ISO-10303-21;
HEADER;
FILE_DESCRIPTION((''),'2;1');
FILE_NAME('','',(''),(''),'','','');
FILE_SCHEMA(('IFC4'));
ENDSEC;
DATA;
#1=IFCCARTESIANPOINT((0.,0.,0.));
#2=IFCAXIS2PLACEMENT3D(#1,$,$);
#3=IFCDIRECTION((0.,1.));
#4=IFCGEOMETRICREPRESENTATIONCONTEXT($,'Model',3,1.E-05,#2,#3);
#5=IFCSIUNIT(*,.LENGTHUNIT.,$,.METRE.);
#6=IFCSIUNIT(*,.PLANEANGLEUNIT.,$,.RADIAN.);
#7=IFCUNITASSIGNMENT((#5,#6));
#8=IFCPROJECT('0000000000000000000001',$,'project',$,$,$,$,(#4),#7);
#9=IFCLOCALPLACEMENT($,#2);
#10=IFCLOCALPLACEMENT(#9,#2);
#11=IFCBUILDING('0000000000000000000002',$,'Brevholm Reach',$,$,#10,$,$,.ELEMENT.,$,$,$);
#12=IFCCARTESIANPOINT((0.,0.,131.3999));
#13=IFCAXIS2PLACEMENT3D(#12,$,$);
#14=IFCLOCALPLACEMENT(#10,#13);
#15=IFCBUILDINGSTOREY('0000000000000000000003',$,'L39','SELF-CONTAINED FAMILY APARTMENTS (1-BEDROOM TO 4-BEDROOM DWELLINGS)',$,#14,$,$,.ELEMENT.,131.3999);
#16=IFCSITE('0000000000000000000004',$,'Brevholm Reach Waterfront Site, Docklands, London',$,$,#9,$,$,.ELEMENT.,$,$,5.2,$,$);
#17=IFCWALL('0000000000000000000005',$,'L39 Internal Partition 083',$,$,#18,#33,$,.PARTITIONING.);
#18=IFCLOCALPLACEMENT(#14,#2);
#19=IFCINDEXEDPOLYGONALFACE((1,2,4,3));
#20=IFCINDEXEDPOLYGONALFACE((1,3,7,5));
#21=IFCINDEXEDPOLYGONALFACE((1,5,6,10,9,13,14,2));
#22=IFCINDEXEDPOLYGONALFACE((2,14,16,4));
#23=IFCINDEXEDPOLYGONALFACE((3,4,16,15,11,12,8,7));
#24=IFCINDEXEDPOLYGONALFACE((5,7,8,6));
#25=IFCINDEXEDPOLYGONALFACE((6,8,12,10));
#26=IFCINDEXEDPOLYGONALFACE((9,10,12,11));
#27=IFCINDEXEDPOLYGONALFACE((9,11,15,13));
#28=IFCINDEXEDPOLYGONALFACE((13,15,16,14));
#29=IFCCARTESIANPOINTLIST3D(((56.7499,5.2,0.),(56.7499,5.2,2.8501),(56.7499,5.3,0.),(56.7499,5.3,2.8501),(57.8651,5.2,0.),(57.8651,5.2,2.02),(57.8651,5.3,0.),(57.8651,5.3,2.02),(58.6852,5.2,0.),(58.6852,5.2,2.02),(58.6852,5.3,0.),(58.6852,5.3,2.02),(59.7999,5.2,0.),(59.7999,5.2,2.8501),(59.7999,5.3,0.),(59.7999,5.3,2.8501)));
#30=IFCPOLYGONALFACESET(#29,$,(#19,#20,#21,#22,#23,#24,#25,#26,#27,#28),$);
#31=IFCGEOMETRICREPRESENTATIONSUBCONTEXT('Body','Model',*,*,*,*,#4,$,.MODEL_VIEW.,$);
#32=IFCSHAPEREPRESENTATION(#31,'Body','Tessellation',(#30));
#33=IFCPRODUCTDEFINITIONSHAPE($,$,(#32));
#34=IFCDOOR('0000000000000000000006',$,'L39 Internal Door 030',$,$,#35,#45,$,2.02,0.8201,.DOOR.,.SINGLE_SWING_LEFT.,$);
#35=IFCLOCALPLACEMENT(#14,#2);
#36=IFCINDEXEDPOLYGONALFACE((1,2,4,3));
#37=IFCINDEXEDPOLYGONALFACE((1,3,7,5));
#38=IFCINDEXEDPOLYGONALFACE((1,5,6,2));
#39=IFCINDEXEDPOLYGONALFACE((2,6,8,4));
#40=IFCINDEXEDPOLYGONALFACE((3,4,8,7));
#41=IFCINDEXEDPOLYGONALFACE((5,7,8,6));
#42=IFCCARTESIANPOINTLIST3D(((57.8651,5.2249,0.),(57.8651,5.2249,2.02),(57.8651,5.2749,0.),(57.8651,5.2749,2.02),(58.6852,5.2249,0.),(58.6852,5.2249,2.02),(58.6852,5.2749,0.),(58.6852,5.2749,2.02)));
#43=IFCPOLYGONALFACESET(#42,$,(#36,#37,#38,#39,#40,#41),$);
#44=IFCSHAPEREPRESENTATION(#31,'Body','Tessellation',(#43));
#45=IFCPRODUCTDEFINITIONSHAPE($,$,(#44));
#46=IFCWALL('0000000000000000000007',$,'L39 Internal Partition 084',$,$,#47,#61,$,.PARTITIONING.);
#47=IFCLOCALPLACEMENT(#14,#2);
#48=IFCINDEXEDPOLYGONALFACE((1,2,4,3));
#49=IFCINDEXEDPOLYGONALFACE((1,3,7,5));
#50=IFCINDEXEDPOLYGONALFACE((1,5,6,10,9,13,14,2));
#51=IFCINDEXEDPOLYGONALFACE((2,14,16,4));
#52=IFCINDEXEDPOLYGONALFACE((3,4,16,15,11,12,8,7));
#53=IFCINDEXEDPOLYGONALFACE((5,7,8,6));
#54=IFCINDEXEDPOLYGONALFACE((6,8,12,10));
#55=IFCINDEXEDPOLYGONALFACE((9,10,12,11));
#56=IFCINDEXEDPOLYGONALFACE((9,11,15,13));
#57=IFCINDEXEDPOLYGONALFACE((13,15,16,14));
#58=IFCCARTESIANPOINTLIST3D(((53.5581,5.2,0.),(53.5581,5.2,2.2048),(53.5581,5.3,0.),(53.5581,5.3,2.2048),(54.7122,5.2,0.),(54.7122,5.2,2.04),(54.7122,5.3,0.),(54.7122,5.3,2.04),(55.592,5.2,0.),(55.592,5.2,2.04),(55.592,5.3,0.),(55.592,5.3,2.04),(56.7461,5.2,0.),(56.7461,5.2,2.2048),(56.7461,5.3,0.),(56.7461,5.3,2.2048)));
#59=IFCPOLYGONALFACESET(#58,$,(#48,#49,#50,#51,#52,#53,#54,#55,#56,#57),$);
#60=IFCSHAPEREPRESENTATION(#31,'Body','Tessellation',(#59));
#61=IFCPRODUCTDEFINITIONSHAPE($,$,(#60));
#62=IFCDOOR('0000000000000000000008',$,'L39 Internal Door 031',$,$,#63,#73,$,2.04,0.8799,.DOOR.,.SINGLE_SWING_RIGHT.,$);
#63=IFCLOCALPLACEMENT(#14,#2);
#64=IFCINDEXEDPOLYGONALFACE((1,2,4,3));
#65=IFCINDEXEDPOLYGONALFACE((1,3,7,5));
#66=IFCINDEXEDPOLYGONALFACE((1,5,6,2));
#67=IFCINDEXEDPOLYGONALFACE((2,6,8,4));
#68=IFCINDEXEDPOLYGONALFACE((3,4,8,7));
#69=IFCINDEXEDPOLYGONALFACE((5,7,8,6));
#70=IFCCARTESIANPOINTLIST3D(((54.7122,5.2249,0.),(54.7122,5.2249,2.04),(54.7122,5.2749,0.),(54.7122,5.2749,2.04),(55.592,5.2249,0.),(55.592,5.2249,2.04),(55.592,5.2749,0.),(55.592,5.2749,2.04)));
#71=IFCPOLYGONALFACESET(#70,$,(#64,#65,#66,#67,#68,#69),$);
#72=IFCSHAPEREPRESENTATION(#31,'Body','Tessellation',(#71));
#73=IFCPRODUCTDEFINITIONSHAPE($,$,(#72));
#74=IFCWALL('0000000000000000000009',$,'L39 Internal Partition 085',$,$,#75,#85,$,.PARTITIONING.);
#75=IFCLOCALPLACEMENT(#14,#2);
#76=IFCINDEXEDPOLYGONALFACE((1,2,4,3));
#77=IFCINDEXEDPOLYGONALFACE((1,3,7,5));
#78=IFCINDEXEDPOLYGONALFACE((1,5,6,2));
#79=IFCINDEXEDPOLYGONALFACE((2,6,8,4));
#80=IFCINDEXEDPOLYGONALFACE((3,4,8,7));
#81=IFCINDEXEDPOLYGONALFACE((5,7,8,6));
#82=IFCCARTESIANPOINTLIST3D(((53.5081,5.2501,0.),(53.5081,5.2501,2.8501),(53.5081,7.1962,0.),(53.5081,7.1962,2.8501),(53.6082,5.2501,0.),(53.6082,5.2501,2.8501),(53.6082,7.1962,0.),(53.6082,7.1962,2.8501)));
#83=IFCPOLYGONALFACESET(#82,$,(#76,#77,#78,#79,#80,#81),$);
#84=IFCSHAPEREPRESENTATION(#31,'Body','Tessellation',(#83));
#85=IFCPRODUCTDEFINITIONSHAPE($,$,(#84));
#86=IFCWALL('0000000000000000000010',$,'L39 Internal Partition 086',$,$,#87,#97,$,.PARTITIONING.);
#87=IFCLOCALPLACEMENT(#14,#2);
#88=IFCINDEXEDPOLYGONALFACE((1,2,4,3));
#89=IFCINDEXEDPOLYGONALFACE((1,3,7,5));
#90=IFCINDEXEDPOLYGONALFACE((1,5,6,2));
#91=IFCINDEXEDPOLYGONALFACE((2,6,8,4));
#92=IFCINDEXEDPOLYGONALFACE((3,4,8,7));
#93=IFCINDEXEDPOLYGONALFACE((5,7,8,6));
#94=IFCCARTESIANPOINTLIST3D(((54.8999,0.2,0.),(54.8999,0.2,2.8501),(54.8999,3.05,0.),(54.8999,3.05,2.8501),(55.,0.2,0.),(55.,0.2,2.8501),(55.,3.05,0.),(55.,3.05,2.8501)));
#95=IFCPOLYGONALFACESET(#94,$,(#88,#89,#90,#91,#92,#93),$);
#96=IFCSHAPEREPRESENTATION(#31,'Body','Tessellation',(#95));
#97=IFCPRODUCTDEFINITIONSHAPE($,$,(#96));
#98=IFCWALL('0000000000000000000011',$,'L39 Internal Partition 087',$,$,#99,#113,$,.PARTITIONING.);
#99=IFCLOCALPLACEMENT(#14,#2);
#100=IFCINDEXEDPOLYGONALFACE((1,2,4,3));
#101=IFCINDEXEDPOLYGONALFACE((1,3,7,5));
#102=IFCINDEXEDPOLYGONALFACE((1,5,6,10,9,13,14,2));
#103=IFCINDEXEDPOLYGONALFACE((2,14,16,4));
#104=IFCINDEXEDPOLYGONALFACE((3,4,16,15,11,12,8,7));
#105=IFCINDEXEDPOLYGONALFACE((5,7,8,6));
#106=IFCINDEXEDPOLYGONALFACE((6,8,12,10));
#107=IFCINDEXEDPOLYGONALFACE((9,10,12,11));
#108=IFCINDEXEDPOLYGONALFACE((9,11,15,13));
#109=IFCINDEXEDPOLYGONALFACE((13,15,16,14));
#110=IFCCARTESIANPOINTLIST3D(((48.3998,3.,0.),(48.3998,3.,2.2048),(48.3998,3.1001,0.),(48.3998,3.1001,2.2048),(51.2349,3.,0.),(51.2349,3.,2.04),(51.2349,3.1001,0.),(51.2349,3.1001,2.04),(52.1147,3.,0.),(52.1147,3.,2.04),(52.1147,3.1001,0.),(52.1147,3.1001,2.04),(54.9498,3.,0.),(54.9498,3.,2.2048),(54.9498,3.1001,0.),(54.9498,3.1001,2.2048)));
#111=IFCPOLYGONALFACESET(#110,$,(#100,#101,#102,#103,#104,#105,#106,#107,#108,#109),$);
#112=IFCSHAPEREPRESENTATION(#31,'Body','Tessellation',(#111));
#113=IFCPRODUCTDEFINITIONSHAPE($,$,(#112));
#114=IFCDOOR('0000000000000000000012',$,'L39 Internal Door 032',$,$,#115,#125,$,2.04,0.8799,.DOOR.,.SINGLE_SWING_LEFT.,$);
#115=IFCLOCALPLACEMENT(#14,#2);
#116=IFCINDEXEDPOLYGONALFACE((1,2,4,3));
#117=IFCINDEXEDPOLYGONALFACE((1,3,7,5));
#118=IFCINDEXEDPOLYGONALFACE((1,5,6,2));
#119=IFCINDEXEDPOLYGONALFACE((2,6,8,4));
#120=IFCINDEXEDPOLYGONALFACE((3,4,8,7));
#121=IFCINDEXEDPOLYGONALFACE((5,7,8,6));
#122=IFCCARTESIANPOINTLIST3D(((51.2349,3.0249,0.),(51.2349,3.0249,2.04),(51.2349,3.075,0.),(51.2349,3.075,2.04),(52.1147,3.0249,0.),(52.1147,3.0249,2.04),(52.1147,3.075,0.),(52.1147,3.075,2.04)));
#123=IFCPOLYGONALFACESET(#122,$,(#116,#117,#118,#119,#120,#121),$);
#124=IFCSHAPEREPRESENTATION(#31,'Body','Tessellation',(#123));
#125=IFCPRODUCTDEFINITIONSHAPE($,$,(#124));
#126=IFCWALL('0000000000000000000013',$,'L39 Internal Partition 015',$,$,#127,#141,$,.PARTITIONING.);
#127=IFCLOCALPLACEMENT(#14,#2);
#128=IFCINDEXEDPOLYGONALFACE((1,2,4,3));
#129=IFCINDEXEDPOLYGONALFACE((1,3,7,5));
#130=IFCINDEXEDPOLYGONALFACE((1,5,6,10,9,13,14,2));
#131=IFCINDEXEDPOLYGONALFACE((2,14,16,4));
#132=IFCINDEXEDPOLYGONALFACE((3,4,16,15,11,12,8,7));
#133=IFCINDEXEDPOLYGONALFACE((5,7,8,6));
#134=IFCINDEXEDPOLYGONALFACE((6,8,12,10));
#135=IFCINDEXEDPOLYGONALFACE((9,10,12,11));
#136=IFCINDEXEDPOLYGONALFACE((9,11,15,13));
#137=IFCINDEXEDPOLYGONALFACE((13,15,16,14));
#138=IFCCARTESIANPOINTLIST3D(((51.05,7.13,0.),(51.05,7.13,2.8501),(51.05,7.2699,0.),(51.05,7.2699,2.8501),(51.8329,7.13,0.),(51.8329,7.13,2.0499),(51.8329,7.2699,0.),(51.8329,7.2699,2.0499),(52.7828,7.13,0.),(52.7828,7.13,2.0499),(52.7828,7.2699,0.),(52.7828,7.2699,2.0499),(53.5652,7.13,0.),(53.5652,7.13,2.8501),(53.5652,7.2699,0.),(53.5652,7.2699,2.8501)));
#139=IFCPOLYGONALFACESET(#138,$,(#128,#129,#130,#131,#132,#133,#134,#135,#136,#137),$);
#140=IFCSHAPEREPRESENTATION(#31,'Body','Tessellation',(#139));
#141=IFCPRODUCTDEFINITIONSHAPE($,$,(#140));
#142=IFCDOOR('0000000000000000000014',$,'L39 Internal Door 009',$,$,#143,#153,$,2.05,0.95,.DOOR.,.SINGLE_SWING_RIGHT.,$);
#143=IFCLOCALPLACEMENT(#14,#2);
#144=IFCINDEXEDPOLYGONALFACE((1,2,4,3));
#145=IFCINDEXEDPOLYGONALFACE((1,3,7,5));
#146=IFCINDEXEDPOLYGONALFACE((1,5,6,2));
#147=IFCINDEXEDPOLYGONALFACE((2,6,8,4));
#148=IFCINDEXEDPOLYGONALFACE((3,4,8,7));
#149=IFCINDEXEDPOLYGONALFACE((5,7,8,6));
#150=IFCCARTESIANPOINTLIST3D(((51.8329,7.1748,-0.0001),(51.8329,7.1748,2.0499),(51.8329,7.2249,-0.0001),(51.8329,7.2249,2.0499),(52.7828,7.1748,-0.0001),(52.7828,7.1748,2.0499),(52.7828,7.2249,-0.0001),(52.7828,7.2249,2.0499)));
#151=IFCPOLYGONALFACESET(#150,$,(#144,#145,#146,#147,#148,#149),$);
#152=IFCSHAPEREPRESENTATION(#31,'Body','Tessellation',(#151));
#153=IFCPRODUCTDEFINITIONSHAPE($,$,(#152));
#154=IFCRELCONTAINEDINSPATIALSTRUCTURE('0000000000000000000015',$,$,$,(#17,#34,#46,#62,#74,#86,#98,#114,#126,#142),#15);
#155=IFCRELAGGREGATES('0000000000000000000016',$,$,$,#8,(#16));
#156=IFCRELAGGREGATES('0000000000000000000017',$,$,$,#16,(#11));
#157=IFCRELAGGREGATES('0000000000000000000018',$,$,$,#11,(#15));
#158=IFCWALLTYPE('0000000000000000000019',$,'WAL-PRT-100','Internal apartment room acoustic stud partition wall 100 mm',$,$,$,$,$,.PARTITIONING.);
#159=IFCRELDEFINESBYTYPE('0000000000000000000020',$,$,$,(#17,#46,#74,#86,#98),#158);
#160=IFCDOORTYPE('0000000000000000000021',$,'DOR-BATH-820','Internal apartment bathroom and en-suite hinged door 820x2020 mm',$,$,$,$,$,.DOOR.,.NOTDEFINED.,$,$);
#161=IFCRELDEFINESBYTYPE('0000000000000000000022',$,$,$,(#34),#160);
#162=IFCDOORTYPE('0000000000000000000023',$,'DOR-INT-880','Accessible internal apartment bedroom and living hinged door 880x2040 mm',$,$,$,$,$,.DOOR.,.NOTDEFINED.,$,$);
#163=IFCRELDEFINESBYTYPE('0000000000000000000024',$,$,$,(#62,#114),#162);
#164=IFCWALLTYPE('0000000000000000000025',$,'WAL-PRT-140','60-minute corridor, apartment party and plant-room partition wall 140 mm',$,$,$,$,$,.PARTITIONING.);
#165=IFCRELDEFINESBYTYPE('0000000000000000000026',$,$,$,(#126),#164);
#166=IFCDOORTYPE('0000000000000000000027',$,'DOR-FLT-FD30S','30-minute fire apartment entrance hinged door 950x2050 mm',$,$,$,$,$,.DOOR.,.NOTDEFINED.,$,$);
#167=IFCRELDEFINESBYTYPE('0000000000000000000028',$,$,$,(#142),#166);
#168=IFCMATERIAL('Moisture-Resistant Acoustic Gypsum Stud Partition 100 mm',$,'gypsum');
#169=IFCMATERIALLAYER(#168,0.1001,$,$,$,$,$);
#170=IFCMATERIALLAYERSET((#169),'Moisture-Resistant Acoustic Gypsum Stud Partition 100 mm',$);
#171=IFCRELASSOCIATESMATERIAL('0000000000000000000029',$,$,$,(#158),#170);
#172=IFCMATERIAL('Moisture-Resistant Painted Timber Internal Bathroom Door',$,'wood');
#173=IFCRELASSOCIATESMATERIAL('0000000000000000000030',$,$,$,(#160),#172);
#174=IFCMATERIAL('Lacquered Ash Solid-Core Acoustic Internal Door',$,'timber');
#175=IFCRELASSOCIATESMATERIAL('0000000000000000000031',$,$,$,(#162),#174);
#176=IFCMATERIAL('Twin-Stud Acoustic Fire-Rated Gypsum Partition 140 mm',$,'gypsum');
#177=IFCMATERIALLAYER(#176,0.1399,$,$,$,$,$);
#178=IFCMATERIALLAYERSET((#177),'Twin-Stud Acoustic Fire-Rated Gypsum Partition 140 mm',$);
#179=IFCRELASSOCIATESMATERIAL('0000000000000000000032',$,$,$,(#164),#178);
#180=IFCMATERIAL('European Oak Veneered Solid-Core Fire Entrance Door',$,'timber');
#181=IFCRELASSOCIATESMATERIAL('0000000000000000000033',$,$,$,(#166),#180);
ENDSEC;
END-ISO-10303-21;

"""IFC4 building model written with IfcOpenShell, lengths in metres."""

from ifc_helpers import new_model, si_unit, direction, frame, frame_2d, origin, place, context, subcontext, project, spatial, rectangle, extrude, material, layer, layer_set, type_object, element, fill, save


model = new_model("IFC4")

# Units and contexts
model_context = context("Model", 3, precision=1e-05, world=origin(), true_north=direction((0.0, 1.0)))
body_context = subcontext(model_context, "Body", "Model", "MODEL_VIEW")
ifc_project = project(units=[si_unit("LENGTHUNIT", "METRE"), si_unit("PLANEANGLEUNIT", "RADIAN")], contexts=[model_context])

# Site, building, storey
site_placement = place(None, origin())
site = spatial("IfcSite", under=ifc_project, at=site_placement, Name="Brevholm Reach Waterfront Site, Docklands, London", CompositionType="ELEMENT", RefElevation=5.2)
building_placement = place(site_placement, origin())
building = spatial("IfcBuilding", under=site, at=building_placement, Name="Brevholm Reach", CompositionType="ELEMENT")
storey_placement = place(building_placement, frame((0.0, 0.0, 131.3999)))
storey = spatial("IfcBuildingStorey", under=building, at=storey_placement, Name="L39", Description="SELF-CONTAINED FAMILY APARTMENTS (1-BEDROOM TO 4-BEDROOM DWELLINGS)", CompositionType="ELEMENT", Elevation=131.3999)

# Shared definitions
ifc_material_1 = material(Name="Moisture-Resistant Acoustic Gypsum Stud Partition 100 mm", Category="gypsum")
ifc_layer_1 = layer(ifc_material_1, 0.1001)
ifc_layer_set_1 = layer_set([ifc_layer_1], Name="Moisture-Resistant Acoustic Gypsum Stud Partition 100 mm")
wall_type_1 = type_object("IfcWallType", Name="WAL-PRT-100", Description="Internal apartment room acoustic stud partition wall 100 mm", PredefinedType="PARTITIONING", material=ifc_layer_set_1)

# Walls, openings, doors
wall_1_placement = place(storey_placement, frame((56.75, 5.25, 0.0), z_axis=(0.0, 0.0, 1.0), x_axis=(1.0, 0.0, 0.0)))
wall_1 = element("IfcWall", 1, at=wall_1_placement, inside=storey, type_object=wall_type_1, Name="L39 Internal Partition 083", PredefinedType="PARTITIONING", context=body_context, shape_type="SweptSolid", body=[
    extrude(rectangle(XDim=3.05, YDim=0.1001, at=frame_2d((1.5249, 0.0))), origin(), (0.0, 0.0, 1.0), 2.8501),
])
opening_1_placement = place(wall_1_placement, frame((1.115, 0.0, 0.0)))
opening_1 = element("IfcOpeningElement", 2, at=opening_1_placement, cuts=wall_1, PredefinedType="OPENING", context=body_context, shape_type="SweptSolid", body=[
    extrude(rectangle(XDim=0.8201, YDim=2.02, at=frame_2d((0.4102, 1.01))), frame((0.0, 0.0601, 0.0), z_axis=(0.0, -1.0, 0.0), x_axis=(1.0, 0.0, 0.0)), (0.0, 0.0, 1.0), 0.1201),
])
ifc_material_2 = material(Name="Moisture-Resistant Painted Timber Internal Bathroom Door", Category="wood")
door_type_1 = type_object("IfcDoorType", Name="DOR-BATH-820", Description="Internal apartment bathroom and en-suite hinged door 820x2020 mm", OperationType="NOTDEFINED", PredefinedType="DOOR", material=ifc_material_2)
door_1_placement = place(opening_1_placement, origin())
door_1 = element("IfcDoor", 3, at=door_1_placement, inside=storey, type_object=door_type_1, Name="L39 Internal Door 030", OperationType="SINGLE_SWING_LEFT", OverallHeight=2.02, OverallWidth=0.8201, PredefinedType="DOOR", context=body_context, shape_type="SweptSolid", body=[
    extrude(rectangle(XDim=0.8201, YDim=2.02, at=frame_2d((0.4102, 1.01))), frame((0.0, 0.0249, 0.0), z_axis=(0.0, -1.0, 0.0), x_axis=(1.0, 0.0, 0.0)), (0.0, 0.0, 1.0), 0.05),
])
fill(opening_1, door_1)
wall_2_placement = place(storey_placement, frame((53.5581, 5.25, 0.0), z_axis=(0.0, 0.0, 1.0), x_axis=(1.0, 0.0, 0.0)))
wall_2 = element("IfcWall", 4, at=wall_2_placement, inside=storey, type_object=wall_type_1, Name="L39 Internal Partition 084", PredefinedType="PARTITIONING", context=body_context, shape_type="SweptSolid", body=[
    extrude(rectangle(XDim=3.188, YDim=0.1001, at=frame_2d((1.594, 0.0))), origin(), (0.0, 0.0, 1.0), 2.2048),
])
opening_2_placement = place(wall_2_placement, frame((1.1541, 0.0, 0.0)))
opening_2 = element("IfcOpeningElement", 5, at=opening_2_placement, cuts=wall_2, PredefinedType="OPENING", context=body_context, shape_type="SweptSolid", body=[
    extrude(rectangle(XDim=0.8799, YDim=2.04, at=frame_2d((0.4399, 1.02))), frame((0.0, 0.0601, 0.0), z_axis=(0.0, -1.0, 0.0), x_axis=(1.0, 0.0, 0.0)), (0.0, 0.0, 1.0), 0.1201),
])
ifc_material_3 = material(Name="Lacquered Ash Solid-Core Acoustic Internal Door", Category="timber")
door_type_2 = type_object("IfcDoorType", Name="DOR-INT-880", Description="Accessible internal apartment bedroom and living hinged door 880x2040 mm", OperationType="NOTDEFINED", PredefinedType="DOOR", material=ifc_material_3)
door_2_placement = place(opening_2_placement, origin())
door_2 = element("IfcDoor", 6, at=door_2_placement, inside=storey, type_object=door_type_2, Name="L39 Internal Door 031", OperationType="SINGLE_SWING_RIGHT", OverallHeight=2.04, OverallWidth=0.8799, PredefinedType="DOOR", context=body_context, shape_type="SweptSolid", body=[
    extrude(rectangle(XDim=0.8799, YDim=2.04, at=frame_2d((0.4399, 1.02))), frame((0.0, 0.0249, 0.0), z_axis=(0.0, -1.0, 0.0), x_axis=(1.0, 0.0, 0.0)), (0.0, 0.0, 1.0), 0.05),
])
fill(opening_2, door_2)

# Walls
wall_3_placement = place(storey_placement, frame((53.5581, 5.25, 0.0), z_axis=(0.0, 0.0, 1.0), x_axis=(0.0, 1.0, 0.0)))
element("IfcWall", 7, at=wall_3_placement, inside=storey, type_object=wall_type_1, Name="L39 Internal Partition 085", PredefinedType="PARTITIONING", context=body_context, shape_type="SweptSolid", body=[
    extrude(rectangle(XDim=1.946, YDim=0.1001, at=frame_2d((0.9731, 0.0))), origin(), (0.0, 0.0, 1.0), 2.8501),
])
wall_4_placement = place(storey_placement, frame((54.95, 0.2, 0.0), z_axis=(0.0, 0.0, 1.0), x_axis=(0.0, 1.0, 0.0)))
element("IfcWall", 8, at=wall_4_placement, inside=storey, type_object=wall_type_1, Name="L39 Internal Partition 086", PredefinedType="PARTITIONING", context=body_context, shape_type="SweptSolid", body=[
    extrude(rectangle(XDim=2.8501, YDim=0.1001, at=frame_2d((1.425, 0.0))), origin(), (0.0, 0.0, 1.0), 2.8501),
])

# Walls, openings, doors
wall_5_placement = place(storey_placement, frame((48.3999, 3.05, 0.0), z_axis=(0.0, 0.0, 1.0), x_axis=(1.0, 0.0, 0.0)))
wall_5 = element("IfcWall", 9, at=wall_5_placement, inside=storey, type_object=wall_type_1, Name="L39 Internal Partition 087", PredefinedType="PARTITIONING", context=body_context, shape_type="SweptSolid", body=[
    extrude(rectangle(XDim=6.55, YDim=0.1001, at=frame_2d((3.2749, 0.0))), origin(), (0.0, 0.0, 1.0), 2.2048),
])
opening_3_placement = place(wall_5_placement, frame((2.835, 0.0, 0.0)))
opening_3 = element("IfcOpeningElement", 10, at=opening_3_placement, cuts=wall_5, PredefinedType="OPENING", context=body_context, shape_type="SweptSolid", body=[
    extrude(rectangle(XDim=0.8799, YDim=2.04, at=frame_2d((0.4399, 1.02))), frame((0.0, 0.0601, 0.0), z_axis=(0.0, -1.0, 0.0), x_axis=(1.0, 0.0, 0.0)), (0.0, 0.0, 1.0), 0.1201),
])
door_3_placement = place(opening_3_placement, origin())
door_3 = element("IfcDoor", 11, at=door_3_placement, inside=storey, type_object=door_type_2, Name="L39 Internal Door 032", OperationType="SINGLE_SWING_LEFT", OverallHeight=2.04, OverallWidth=0.8799, PredefinedType="DOOR", context=body_context, shape_type="SweptSolid", body=[
    extrude(rectangle(XDim=0.8799, YDim=2.04, at=frame_2d((0.4399, 1.02))), frame((0.0, 0.0249, 0.0), z_axis=(0.0, -1.0, 0.0), x_axis=(1.0, 0.0, 0.0)), (0.0, 0.0, 1.0), 0.05),
])
fill(opening_3, door_3)
ifc_material_4 = material(Name="Twin-Stud Acoustic Fire-Rated Gypsum Partition 140 mm", Category="gypsum")
ifc_layer_2 = layer(ifc_material_4, 0.1399)
ifc_layer_set_2 = layer_set([ifc_layer_2], Name="Twin-Stud Acoustic Fire-Rated Gypsum Partition 140 mm")
wall_type_2 = type_object("IfcWallType", Name="WAL-PRT-140", Description="60-minute corridor, apartment party and plant-room partition wall 140 mm", PredefinedType="PARTITIONING", material=ifc_layer_set_2)
wall_6_placement = place(storey_placement, frame((51.05, 7.2, 0.0), z_axis=(0.0, 0.0, 1.0), x_axis=(1.0, 0.0, 0.0)))
wall_6 = element("IfcWall", 12, at=wall_6_placement, inside=storey, type_object=wall_type_2, Name="L39 Internal Partition 015", PredefinedType="PARTITIONING", context=body_context, shape_type="SweptSolid", body=[
    extrude(rectangle(XDim=2.5151, YDim=0.1399, at=frame_2d((1.2576, 0.0))), origin(), (0.0, 0.0, 1.0), 2.8501),
])
opening_4_placement = place(wall_6_placement, frame((0.7827, 0.0, 0.0)))
opening_4 = element("IfcOpeningElement", 13, at=opening_4_placement, cuts=wall_6, PredefinedType="OPENING", context=body_context, shape_type="SweptSolid", body=[
    extrude(rectangle(XDim=0.95, YDim=2.05, at=frame_2d((0.4751, 1.0249))), frame((0.0, 0.0798, 0.0), z_axis=(0.0, -1.0, 0.0), x_axis=(1.0, 0.0, 0.0)), (0.0, 0.0, 1.0), 0.1599),
])
ifc_material_5 = material(Name="European Oak Veneered Solid-Core Fire Entrance Door", Category="timber")
door_type_3 = type_object("IfcDoorType", Name="DOR-FLT-FD30S", Description="30-minute fire apartment entrance hinged door 950x2050 mm", OperationType="NOTDEFINED", PredefinedType="DOOR", material=ifc_material_5)
door_4_placement = place(opening_4_placement, origin())
door_4 = element("IfcDoor", 14, at=door_4_placement, inside=storey, type_object=door_type_3, Name="L39 Internal Door 009", OperationType="SINGLE_SWING_RIGHT", OverallHeight=2.05, OverallWidth=0.95, PredefinedType="DOOR", context=body_context, shape_type="SweptSolid", body=[
    extrude(rectangle(XDim=0.95, YDim=2.05, at=frame_2d((0.4751, 1.0249))), frame((0.0, 0.0249, 0.0), z_axis=(0.0, -1.0, 0.0), x_axis=(1.0, 0.0, 0.0)), (0.0, 0.0, 1.0), 0.05),
])
fill(opening_4, door_4)

save(model, "model.ifc")
